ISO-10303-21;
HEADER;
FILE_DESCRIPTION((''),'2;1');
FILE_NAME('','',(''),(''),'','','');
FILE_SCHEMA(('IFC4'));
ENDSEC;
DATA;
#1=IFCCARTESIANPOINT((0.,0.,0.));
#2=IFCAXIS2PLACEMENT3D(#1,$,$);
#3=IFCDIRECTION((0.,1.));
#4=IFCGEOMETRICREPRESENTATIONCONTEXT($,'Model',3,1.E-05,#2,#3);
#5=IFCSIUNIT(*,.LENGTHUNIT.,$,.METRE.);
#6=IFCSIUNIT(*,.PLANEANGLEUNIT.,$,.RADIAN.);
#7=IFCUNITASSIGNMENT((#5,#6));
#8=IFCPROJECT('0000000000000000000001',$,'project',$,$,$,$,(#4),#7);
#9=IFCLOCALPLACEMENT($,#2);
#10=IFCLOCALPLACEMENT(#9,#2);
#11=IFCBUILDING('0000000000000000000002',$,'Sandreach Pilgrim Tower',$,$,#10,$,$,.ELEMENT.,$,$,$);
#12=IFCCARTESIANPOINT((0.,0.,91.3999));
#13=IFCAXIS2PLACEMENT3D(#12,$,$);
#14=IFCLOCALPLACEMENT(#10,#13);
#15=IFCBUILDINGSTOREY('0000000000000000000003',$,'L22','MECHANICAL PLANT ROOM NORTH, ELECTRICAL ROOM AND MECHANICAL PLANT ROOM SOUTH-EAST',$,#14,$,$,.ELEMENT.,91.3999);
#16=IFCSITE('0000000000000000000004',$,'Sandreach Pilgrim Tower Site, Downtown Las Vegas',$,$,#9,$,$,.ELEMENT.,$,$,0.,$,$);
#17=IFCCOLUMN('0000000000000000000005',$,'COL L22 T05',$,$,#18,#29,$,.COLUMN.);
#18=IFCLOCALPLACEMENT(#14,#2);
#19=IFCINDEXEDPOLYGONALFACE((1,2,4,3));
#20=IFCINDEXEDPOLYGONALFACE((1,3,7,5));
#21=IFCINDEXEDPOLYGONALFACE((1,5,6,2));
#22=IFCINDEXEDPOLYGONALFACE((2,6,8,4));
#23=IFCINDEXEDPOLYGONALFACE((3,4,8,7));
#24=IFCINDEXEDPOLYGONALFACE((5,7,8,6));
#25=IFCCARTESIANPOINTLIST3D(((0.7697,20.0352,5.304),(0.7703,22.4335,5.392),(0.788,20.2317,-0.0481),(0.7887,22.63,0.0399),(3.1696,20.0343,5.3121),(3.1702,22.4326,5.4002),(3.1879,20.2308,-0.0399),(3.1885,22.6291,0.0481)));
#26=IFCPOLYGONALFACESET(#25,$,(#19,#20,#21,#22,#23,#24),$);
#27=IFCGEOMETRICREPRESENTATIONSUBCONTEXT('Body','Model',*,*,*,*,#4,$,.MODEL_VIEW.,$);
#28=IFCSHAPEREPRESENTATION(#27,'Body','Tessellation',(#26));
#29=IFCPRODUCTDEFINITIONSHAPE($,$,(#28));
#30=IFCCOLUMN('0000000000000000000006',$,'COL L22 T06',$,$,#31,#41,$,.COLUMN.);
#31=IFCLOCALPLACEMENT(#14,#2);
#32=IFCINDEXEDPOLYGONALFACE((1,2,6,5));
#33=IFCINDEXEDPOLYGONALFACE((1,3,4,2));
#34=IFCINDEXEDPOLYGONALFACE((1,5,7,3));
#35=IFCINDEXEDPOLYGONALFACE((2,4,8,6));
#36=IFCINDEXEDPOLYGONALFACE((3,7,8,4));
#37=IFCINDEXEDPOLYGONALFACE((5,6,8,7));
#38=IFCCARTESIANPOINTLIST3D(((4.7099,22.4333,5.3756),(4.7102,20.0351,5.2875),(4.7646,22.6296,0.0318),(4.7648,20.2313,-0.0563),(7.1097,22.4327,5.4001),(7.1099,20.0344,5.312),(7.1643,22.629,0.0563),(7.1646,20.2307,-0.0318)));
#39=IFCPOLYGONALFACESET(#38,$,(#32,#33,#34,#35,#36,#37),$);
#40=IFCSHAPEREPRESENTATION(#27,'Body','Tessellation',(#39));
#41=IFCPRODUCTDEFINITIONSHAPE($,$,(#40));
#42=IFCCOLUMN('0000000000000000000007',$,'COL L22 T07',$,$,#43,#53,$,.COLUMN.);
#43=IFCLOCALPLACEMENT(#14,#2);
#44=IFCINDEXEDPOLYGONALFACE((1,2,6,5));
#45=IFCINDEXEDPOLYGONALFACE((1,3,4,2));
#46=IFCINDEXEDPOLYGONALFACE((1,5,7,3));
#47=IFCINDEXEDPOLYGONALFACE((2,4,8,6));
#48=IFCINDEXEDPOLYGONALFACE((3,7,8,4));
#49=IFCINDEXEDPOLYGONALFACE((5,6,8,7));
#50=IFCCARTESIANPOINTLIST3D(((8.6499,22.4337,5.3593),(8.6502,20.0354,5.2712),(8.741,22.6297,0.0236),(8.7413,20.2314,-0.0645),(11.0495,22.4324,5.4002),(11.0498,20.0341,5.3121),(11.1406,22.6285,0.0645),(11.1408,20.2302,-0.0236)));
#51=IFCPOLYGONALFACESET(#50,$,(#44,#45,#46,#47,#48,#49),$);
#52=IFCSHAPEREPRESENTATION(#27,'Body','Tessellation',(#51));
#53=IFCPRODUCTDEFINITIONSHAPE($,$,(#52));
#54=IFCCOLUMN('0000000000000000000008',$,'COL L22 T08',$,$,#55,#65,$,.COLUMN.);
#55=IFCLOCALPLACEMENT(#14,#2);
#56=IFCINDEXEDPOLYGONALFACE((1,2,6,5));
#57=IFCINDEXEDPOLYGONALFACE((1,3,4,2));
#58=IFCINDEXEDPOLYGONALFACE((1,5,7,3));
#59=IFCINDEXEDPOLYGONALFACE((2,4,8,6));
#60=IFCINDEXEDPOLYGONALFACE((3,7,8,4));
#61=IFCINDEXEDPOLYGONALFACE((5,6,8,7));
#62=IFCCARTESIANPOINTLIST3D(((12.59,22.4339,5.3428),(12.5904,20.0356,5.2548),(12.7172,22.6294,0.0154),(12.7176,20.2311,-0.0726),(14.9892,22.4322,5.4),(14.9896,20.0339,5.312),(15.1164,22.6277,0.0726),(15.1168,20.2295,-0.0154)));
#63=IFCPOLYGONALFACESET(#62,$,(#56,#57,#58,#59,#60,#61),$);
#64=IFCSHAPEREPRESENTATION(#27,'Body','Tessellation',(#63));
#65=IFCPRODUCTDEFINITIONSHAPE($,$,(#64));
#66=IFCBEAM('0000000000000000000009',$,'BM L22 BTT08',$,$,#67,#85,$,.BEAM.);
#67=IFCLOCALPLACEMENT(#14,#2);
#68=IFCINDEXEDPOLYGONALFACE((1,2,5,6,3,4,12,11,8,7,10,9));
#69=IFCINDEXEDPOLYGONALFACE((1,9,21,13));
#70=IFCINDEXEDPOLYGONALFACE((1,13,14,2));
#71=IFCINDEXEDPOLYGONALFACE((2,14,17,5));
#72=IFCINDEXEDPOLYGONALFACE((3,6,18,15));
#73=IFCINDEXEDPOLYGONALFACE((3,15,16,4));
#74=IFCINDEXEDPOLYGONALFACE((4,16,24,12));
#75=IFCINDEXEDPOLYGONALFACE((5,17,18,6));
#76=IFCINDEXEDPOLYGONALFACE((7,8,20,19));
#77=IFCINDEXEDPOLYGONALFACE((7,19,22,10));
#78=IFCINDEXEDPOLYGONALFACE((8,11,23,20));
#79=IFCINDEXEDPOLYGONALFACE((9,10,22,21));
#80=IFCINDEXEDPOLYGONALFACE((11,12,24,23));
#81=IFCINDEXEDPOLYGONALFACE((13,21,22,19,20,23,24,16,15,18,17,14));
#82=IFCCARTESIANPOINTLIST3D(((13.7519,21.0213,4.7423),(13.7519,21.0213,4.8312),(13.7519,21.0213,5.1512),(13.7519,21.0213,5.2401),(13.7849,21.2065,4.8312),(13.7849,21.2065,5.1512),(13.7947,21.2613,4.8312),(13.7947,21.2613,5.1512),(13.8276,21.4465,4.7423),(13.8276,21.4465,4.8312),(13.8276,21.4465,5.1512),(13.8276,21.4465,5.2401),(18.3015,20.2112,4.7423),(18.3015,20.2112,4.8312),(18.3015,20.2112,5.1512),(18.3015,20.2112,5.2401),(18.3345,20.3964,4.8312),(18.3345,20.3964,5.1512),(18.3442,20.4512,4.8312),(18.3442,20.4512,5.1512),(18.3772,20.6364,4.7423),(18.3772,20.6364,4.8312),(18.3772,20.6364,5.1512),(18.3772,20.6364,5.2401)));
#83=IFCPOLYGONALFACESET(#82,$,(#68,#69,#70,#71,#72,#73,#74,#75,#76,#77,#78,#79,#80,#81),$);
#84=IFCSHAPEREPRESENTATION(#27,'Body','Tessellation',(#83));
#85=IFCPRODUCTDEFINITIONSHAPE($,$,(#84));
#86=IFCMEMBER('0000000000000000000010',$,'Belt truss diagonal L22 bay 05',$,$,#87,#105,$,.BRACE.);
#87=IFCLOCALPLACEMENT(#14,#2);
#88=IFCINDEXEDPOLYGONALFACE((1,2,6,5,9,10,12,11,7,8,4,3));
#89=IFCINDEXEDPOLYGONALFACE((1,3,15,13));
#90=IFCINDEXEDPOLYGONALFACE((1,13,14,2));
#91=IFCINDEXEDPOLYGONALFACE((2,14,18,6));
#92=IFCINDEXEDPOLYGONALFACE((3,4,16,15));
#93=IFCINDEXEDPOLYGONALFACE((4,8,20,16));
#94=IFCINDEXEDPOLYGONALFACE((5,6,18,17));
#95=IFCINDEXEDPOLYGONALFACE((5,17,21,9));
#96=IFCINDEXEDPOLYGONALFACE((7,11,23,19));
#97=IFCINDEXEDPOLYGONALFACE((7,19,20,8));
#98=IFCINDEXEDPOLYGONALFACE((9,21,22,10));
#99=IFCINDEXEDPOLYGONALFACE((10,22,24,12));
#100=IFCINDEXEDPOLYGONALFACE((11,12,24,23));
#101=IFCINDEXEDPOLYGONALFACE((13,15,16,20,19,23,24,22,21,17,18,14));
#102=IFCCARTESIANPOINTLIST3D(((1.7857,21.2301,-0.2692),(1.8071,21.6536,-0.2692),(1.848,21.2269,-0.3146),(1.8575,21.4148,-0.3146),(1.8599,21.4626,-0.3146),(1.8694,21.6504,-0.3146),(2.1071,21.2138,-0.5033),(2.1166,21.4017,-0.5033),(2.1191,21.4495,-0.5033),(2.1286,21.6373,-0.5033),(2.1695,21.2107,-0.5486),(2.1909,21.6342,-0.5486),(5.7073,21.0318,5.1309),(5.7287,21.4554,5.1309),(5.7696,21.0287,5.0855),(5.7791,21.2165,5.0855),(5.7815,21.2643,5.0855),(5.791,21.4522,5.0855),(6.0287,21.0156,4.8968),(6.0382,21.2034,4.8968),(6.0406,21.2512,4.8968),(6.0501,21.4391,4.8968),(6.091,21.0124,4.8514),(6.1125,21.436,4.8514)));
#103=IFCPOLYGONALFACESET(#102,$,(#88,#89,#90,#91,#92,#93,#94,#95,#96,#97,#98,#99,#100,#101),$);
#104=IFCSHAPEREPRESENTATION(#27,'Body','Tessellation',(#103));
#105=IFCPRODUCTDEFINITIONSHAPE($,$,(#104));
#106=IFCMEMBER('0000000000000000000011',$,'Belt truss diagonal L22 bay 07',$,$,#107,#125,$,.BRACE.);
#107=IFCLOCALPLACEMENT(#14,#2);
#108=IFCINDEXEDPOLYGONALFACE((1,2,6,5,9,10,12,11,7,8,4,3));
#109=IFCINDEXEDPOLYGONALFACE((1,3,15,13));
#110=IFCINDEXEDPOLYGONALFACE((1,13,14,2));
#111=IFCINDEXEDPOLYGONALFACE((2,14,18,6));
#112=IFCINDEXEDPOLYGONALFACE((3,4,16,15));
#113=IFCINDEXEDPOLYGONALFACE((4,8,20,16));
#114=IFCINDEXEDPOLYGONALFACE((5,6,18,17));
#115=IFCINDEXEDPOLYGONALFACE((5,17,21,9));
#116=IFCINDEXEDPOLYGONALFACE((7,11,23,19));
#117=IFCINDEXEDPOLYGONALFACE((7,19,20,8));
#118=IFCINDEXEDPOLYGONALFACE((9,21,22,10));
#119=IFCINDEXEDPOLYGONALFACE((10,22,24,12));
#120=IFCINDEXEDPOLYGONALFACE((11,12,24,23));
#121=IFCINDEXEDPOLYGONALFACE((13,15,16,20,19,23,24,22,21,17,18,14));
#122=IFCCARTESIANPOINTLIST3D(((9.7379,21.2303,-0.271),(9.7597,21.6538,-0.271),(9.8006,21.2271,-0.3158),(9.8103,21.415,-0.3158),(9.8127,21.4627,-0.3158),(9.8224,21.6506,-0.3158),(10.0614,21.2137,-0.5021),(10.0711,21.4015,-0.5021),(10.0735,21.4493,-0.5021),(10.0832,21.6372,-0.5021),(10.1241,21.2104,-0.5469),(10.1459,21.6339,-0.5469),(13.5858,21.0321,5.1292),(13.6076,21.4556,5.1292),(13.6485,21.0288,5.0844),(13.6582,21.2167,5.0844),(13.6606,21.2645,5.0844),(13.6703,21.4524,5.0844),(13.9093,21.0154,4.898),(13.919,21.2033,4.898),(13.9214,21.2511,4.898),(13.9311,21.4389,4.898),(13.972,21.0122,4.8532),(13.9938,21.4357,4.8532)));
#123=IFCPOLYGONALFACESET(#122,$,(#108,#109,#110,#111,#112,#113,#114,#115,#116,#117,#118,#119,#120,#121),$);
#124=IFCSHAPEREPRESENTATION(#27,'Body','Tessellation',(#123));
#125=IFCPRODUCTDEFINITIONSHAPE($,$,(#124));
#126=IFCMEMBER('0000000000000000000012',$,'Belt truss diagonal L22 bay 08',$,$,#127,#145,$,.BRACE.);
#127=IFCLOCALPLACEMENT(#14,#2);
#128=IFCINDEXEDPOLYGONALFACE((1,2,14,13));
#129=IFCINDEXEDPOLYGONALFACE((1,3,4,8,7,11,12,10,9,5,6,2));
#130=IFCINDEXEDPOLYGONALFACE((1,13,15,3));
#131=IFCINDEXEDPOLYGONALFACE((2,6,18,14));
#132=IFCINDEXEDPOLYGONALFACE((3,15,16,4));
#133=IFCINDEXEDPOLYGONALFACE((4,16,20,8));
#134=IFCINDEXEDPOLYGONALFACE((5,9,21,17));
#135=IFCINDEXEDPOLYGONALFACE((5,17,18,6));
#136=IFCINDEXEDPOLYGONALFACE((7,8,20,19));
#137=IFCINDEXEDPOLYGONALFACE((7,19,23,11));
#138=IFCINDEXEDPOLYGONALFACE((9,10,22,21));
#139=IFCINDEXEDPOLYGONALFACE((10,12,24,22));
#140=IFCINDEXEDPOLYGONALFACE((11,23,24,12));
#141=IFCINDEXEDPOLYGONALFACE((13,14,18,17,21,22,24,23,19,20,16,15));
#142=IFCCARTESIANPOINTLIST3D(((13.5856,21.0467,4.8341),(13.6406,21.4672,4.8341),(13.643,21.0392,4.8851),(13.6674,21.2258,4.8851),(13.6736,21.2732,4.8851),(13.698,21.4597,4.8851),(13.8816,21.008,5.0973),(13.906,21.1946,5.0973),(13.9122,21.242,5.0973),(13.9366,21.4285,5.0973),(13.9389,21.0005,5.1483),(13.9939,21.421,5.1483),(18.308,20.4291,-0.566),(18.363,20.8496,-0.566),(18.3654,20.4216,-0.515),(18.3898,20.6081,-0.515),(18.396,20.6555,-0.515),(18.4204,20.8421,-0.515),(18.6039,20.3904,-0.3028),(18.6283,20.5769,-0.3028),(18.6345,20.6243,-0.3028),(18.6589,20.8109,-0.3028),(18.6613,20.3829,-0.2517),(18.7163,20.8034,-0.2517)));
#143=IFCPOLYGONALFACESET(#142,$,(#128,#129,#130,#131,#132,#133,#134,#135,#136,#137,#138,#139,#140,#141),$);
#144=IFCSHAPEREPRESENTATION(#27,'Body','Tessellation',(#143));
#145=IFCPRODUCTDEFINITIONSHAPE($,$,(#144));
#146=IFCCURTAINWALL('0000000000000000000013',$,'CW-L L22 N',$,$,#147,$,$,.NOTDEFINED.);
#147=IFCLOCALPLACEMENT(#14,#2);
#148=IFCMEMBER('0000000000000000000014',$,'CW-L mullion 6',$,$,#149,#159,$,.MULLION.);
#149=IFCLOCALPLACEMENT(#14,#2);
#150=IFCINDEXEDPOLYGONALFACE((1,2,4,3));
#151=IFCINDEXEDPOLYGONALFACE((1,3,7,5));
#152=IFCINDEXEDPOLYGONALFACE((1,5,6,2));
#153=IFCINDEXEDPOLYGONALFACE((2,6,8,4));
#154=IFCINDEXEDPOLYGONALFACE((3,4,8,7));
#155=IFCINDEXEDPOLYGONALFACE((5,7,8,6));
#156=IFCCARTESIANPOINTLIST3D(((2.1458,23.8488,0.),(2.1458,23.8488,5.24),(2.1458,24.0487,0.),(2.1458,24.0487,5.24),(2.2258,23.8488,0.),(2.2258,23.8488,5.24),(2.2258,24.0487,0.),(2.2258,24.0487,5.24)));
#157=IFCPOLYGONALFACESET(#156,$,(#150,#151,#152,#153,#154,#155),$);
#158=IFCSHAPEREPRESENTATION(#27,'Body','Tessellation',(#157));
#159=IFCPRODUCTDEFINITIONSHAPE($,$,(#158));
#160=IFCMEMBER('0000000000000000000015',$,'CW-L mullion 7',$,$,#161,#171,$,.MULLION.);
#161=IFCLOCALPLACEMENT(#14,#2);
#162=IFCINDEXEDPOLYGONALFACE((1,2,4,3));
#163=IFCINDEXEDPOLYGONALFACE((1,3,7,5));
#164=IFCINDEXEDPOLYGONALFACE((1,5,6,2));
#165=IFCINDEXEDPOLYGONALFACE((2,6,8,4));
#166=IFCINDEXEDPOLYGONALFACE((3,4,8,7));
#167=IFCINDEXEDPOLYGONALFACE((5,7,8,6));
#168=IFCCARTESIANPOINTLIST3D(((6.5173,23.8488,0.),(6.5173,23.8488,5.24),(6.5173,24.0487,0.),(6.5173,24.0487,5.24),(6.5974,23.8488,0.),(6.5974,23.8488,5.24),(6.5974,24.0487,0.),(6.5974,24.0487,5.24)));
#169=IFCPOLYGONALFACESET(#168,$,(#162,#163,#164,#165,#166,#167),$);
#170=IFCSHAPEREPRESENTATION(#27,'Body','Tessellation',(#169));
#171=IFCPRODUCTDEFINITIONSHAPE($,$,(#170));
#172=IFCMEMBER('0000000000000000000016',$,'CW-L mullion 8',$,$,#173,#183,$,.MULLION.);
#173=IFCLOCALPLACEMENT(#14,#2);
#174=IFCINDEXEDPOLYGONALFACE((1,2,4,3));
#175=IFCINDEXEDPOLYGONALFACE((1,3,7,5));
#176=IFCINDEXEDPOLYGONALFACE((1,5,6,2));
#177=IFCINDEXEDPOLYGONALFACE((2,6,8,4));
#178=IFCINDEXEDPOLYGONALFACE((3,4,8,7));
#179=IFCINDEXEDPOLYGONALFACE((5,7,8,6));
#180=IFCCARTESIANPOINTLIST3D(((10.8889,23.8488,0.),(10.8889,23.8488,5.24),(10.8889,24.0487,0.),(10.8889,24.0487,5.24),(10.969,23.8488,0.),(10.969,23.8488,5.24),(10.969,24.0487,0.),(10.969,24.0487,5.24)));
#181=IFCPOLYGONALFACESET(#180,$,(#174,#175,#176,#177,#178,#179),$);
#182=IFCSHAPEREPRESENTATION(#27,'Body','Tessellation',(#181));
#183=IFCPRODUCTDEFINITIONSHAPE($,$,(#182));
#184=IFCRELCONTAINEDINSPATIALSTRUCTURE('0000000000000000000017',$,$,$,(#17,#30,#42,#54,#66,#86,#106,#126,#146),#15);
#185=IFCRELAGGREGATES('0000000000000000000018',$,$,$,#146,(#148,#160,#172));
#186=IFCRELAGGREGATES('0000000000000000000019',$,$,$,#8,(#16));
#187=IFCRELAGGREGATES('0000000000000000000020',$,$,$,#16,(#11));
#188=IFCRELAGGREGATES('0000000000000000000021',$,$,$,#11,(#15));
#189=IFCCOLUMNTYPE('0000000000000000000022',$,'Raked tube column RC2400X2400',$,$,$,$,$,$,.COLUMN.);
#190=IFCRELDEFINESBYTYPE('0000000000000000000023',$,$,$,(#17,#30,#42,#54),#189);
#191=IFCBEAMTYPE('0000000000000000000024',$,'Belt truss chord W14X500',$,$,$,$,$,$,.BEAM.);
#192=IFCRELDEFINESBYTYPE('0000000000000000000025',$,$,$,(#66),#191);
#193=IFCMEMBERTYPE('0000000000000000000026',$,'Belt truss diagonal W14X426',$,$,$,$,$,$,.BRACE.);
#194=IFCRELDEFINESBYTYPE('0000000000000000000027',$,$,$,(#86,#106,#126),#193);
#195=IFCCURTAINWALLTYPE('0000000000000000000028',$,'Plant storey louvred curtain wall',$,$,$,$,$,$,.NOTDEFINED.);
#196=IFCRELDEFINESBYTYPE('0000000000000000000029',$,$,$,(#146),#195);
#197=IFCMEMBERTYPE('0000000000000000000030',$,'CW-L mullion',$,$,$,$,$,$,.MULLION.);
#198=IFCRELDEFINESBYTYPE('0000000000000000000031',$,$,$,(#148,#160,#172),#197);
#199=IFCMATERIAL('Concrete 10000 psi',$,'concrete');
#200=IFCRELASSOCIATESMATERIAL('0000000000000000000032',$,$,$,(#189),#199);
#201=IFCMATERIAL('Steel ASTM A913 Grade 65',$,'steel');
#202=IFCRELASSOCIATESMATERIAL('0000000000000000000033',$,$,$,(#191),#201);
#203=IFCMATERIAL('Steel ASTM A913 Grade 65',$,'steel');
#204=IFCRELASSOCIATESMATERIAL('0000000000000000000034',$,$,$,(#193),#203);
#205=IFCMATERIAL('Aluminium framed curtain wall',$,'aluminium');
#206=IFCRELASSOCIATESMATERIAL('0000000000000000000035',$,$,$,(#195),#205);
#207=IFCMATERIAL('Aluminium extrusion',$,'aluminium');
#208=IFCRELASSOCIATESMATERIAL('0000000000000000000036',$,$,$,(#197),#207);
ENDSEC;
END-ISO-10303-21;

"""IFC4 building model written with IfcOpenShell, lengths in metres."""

from ifc_helpers import new_model, si_unit, direction, frame, origin, origin_2d, place, context, subcontext, project, spatial, rectangle, i_section, extrude, material, material_profile, profile_set, type_object, element, aggregate, save


model = new_model("IFC4")

# Units and contexts
model_context = context("Model", 3, precision=1e-05, world=origin(), true_north=direction((0.0, 1.0)))
body_context = subcontext(model_context, "Body", "Model", "MODEL_VIEW")
ifc_project = project(units=[si_unit("LENGTHUNIT", "METRE"), si_unit("PLANEANGLEUNIT", "RADIAN")], contexts=[model_context])

# Site, building, storey
site_placement = place(None, origin())
site = spatial("IfcSite", under=ifc_project, at=site_placement, Name="Sandreach Pilgrim Tower Site, Downtown Las Vegas", CompositionType="ELEMENT", RefElevation=0.0)
building_placement = place(site_placement, origin())
building = spatial("IfcBuilding", under=site, at=building_placement, Name="Sandreach Pilgrim Tower", CompositionType="ELEMENT")
storey_placement = place(building_placement, frame((0.0, 0.0, 91.3999)))
storey = spatial("IfcBuildingStorey", under=building, at=storey_placement, Name="L22", Description="MECHANICAL PLANT ROOM NORTH, ELECTRICAL ROOM AND MECHANICAL PLANT ROOM SOUTH-EAST", CompositionType="ELEMENT", Elevation=91.3999)

# Columns
ifc_material_1 = material(Name="Concrete 10000 psi", Category="concrete")
ifc_material_profile_1 = material_profile(ifc_material_1, rectangle(XDim=2.3999, YDim=2.3999, at=origin_2d()), Name="RC2400X2400")
ifc_profile_set_1 = profile_set([ifc_material_profile_1], Name="Concrete 10000 psi")
column_type = type_object("IfcColumnType", Name="Raked tube column RC2400X2400", PredefinedType="COLUMN", material=ifc_profile_set_1)
column_1_placement = place(storey_placement, frame((1.9883, 21.4304, 0.0), z_axis=(-0.003419, -0.036696, 0.999321), x_axis=(0.000263, 0.999326, 0.036697)))
element("IfcColumn", 1, at=column_1_placement, inside=storey, type_object=column_type, Name="COL L22 T05", PredefinedType="COLUMN", context=body_context, shape_type="SweptSolid", body=[
    extrude(rectangle(XDim=2.3999, YDim=2.3999, at=origin_2d()), origin(), (0.0, 0.0, 1.0), 5.3557),
])
column_2_placement = place(storey_placement, frame((5.9646, 21.4302, 0.0), z_axis=(-0.010226, -0.036706, 0.999274), x_axis=(-0.000116, 0.999326, 0.036707)))
element("IfcColumn", 2, at=column_2_placement, inside=storey, type_object=column_type, Name="COL L22 T06", PredefinedType="COLUMN", context=body_context, shape_type="SweptSolid", body=[
    extrude(rectangle(XDim=2.3999, YDim=2.3999, at=origin_2d()), origin(), (0.0, 0.0, 1.0), 5.3477),
])
column_3_placement = place(storey_placement, frame((9.9409, 21.4299, 0.0), z_axis=(-0.017053, -0.036712, 0.99918), x_axis=(-0.000108, 0.999326, 0.036716)))
element("IfcColumn", 3, at=column_3_placement, inside=storey, type_object=column_type, Name="COL L22 T07", PredefinedType="COLUMN", context=body_context, shape_type="SweptSolid", body=[
    extrude(rectangle(XDim=2.3999, YDim=2.3999, at=origin_2d()), origin(), (0.0, 0.0, 1.0), 5.3401),
])
column_4_placement = place(storey_placement, frame((13.917, 21.4294, 0.0), z_axis=(-0.023853, -0.036673, 0.999043), x_axis=(-0.000167, 0.999327, 0.036679)))
element("IfcColumn", 4, at=column_4_placement, inside=storey, type_object=column_type, Name="COL L22 T08", PredefinedType="COLUMN", context=body_context, shape_type="SweptSolid", body=[
    extrude(rectangle(XDim=2.3999, YDim=2.3999, at=origin_2d()), origin(), (0.0, 0.0, 1.0), 5.3325),
])

# Beam
ifc_material_2 = material(Name="Steel ASTM A913 Grade 65", Category="steel")
ifc_material_profile_2 = material_profile(ifc_material_2, i_section(OverallWidth=0.4319, OverallDepth=0.4978, WebThickness=0.0557, FlangeThickness=0.0889, at=origin_2d()), Name="W14X500")
ifc_profile_set_2 = profile_set([ifc_material_profile_2], Name="Steel ASTM A913 Grade 65")
beam_type_1 = type_object("IfcBeamType", Name="Belt truss chord W14X500", PredefinedType="BEAM", material=ifc_profile_set_2)
beam_1_placement = place(storey_placement, frame((13.7898, 21.2339, 4.9912), z_axis=(0.984516, -0.175295, 0.0), x_axis=(0.175295, 0.984516, 0.0)))
element("IfcBeam", 5, at=beam_1_placement, inside=storey, type_object=beam_type_1, Name="BM L22 BTT08", PredefinedType="BEAM", context=body_context, shape_type="SweptSolid", body=[
    extrude(i_section(OverallWidth=0.4319, OverallDepth=0.4978, WebThickness=0.0557, FlangeThickness=0.0889, at=origin_2d()), origin(), (0.0, 0.0, 1.0), 4.6211),
])

# Members
ifc_material_3 = material(Name="Steel ASTM A913 Grade 65", Category="steel")
ifc_material_profile_3 = material_profile(ifc_material_3, i_section(OverallWidth=0.4241, OverallDepth=0.4751, WebThickness=0.0479, FlangeThickness=0.0771, at=origin_2d()), Name="W14X426")
ifc_profile_set_3 = profile_set([ifc_material_profile_3], Name="Steel ASTM A913 Grade 65")
member_type_1 = type_object("IfcMemberType", Name="Belt truss diagonal W14X426", PredefinedType="BRACE", material=ifc_profile_set_3)
member_1_placement = place(storey_placement, frame((1.9883, 21.4321, -0.4089), z_axis=(0.587349, -0.029691, 0.808789), x_axis=(0.050486, 0.998725, 0.0)))
element("IfcMember", 6, at=member_1_placement, inside=storey, type_object=member_type_1, Name="Belt truss diagonal L22 bay 05", PredefinedType="BRACE", context=body_context, shape_type="SweptSolid", body=[
    extrude(i_section(OverallWidth=0.4241, OverallDepth=0.4751, WebThickness=0.0479, FlangeThickness=0.0771, at=origin_2d()), origin(), (0.0, 0.0, 1.0), 6.6768),
])
member_2_placement = place(storey_placement, frame((9.9419, 21.4321, -0.4089), z_axis=(0.580045, -0.029884, 0.814036), x_axis=(0.051451, 0.998676, 0.0)))
element("IfcMember", 7, at=member_2_placement, inside=storey, type_object=member_type_1, Name="Belt truss diagonal L22 bay 07", PredefinedType="BRACE", context=body_context, shape_type="SweptSolid", body=[
    extrude(i_section(OverallWidth=0.4241, OverallDepth=0.4751, WebThickness=0.0479, FlangeThickness=0.0771, at=origin_2d()), origin(), (0.0, 0.0, 1.0), 6.6338),
])
member_3_placement = place(storey_placement, frame((13.7898, 21.2339, 4.9912), z_axis=(0.655863, -0.085785, -0.749989), x_axis=(0.129692, 0.991554, 0.0)))
element("IfcMember", 8, at=member_3_placement, inside=storey, type_object=member_type_1, Name="Belt truss diagonal L22 bay 08", PredefinedType="BRACE", context=body_context, shape_type="SweptSolid", body=[
    extrude(i_section(OverallWidth=0.4241, OverallDepth=0.4751, WebThickness=0.0479, FlangeThickness=0.0771, at=origin_2d()), origin(), (0.0, 0.0, 1.0), 7.2002),
])

# Curtain wall, members
ifc_material_4 = material(Name="Aluminium framed curtain wall", Category="aluminium")
curtain_wall_type = type_object("IfcCurtainWallType", Name="Plant storey louvred curtain wall", PredefinedType="NOTDEFINED", material=ifc_material_4)
curtain_wall_placement = place(storey_placement, origin())
curtain_wall = element("IfcCurtainWall", 9, at=curtain_wall_placement, inside=storey, type_object=curtain_wall_type, Name="CW-L L22 N", PredefinedType="NOTDEFINED")
ifc_material_5 = material(Name="Aluminium extrusion", Category="aluminium")
ifc_material_profile_4 = material_profile(ifc_material_5, rectangle(XDim=0.0801, YDim=0.2, at=origin_2d()), Name="CW-LM 80X200")
ifc_profile_set_4 = profile_set([ifc_material_profile_4], Name="Aluminium extrusion")
member_type_2 = type_object("IfcMemberType", Name="CW-L mullion", PredefinedType="MULLION", material=ifc_profile_set_4)
member_4_placement = place(storey_placement, frame((2.1858, 23.9487, 0.0), z_axis=(0.0, 0.0, 1.0), x_axis=(1.0, 0.0, 0.0)))
member_4 = element("IfcMember", 10, at=member_4_placement, type_object=member_type_2, Name="CW-L mullion 6", PredefinedType="MULLION", context=body_context, shape_type="SweptSolid", body=[
    extrude(rectangle(XDim=0.0801, YDim=0.2, at=origin_2d()), origin(), (0.0, 0.0, 1.0), 5.24),
])
member_5_placement = place(storey_placement, frame((6.5574, 23.9487, 0.0), z_axis=(0.0, 0.0, 1.0), x_axis=(1.0, 0.0, 0.0)))
member_5 = element("IfcMember", 11, at=member_5_placement, type_object=member_type_2, Name="CW-L mullion 7", PredefinedType="MULLION", context=body_context, shape_type="SweptSolid", body=[
    extrude(rectangle(XDim=0.0801, YDim=0.2, at=origin_2d()), origin(), (0.0, 0.0, 1.0), 5.24),
])
member_6_placement = place(storey_placement, frame((10.929, 23.9487, 0.0), z_axis=(0.0, 0.0, 1.0), x_axis=(1.0, 0.0, 0.0)))
member_6 = element("IfcMember", 12, at=member_6_placement, type_object=member_type_2, Name="CW-L mullion 8", PredefinedType="MULLION", context=body_context, shape_type="SweptSolid", body=[
    extrude(rectangle(XDim=0.0801, YDim=0.2, at=origin_2d()), origin(), (0.0, 0.0, 1.0), 5.24),
])

aggregate(curtain_wall, [member_4, member_5, member_6])

save(model, "model.ifc")
